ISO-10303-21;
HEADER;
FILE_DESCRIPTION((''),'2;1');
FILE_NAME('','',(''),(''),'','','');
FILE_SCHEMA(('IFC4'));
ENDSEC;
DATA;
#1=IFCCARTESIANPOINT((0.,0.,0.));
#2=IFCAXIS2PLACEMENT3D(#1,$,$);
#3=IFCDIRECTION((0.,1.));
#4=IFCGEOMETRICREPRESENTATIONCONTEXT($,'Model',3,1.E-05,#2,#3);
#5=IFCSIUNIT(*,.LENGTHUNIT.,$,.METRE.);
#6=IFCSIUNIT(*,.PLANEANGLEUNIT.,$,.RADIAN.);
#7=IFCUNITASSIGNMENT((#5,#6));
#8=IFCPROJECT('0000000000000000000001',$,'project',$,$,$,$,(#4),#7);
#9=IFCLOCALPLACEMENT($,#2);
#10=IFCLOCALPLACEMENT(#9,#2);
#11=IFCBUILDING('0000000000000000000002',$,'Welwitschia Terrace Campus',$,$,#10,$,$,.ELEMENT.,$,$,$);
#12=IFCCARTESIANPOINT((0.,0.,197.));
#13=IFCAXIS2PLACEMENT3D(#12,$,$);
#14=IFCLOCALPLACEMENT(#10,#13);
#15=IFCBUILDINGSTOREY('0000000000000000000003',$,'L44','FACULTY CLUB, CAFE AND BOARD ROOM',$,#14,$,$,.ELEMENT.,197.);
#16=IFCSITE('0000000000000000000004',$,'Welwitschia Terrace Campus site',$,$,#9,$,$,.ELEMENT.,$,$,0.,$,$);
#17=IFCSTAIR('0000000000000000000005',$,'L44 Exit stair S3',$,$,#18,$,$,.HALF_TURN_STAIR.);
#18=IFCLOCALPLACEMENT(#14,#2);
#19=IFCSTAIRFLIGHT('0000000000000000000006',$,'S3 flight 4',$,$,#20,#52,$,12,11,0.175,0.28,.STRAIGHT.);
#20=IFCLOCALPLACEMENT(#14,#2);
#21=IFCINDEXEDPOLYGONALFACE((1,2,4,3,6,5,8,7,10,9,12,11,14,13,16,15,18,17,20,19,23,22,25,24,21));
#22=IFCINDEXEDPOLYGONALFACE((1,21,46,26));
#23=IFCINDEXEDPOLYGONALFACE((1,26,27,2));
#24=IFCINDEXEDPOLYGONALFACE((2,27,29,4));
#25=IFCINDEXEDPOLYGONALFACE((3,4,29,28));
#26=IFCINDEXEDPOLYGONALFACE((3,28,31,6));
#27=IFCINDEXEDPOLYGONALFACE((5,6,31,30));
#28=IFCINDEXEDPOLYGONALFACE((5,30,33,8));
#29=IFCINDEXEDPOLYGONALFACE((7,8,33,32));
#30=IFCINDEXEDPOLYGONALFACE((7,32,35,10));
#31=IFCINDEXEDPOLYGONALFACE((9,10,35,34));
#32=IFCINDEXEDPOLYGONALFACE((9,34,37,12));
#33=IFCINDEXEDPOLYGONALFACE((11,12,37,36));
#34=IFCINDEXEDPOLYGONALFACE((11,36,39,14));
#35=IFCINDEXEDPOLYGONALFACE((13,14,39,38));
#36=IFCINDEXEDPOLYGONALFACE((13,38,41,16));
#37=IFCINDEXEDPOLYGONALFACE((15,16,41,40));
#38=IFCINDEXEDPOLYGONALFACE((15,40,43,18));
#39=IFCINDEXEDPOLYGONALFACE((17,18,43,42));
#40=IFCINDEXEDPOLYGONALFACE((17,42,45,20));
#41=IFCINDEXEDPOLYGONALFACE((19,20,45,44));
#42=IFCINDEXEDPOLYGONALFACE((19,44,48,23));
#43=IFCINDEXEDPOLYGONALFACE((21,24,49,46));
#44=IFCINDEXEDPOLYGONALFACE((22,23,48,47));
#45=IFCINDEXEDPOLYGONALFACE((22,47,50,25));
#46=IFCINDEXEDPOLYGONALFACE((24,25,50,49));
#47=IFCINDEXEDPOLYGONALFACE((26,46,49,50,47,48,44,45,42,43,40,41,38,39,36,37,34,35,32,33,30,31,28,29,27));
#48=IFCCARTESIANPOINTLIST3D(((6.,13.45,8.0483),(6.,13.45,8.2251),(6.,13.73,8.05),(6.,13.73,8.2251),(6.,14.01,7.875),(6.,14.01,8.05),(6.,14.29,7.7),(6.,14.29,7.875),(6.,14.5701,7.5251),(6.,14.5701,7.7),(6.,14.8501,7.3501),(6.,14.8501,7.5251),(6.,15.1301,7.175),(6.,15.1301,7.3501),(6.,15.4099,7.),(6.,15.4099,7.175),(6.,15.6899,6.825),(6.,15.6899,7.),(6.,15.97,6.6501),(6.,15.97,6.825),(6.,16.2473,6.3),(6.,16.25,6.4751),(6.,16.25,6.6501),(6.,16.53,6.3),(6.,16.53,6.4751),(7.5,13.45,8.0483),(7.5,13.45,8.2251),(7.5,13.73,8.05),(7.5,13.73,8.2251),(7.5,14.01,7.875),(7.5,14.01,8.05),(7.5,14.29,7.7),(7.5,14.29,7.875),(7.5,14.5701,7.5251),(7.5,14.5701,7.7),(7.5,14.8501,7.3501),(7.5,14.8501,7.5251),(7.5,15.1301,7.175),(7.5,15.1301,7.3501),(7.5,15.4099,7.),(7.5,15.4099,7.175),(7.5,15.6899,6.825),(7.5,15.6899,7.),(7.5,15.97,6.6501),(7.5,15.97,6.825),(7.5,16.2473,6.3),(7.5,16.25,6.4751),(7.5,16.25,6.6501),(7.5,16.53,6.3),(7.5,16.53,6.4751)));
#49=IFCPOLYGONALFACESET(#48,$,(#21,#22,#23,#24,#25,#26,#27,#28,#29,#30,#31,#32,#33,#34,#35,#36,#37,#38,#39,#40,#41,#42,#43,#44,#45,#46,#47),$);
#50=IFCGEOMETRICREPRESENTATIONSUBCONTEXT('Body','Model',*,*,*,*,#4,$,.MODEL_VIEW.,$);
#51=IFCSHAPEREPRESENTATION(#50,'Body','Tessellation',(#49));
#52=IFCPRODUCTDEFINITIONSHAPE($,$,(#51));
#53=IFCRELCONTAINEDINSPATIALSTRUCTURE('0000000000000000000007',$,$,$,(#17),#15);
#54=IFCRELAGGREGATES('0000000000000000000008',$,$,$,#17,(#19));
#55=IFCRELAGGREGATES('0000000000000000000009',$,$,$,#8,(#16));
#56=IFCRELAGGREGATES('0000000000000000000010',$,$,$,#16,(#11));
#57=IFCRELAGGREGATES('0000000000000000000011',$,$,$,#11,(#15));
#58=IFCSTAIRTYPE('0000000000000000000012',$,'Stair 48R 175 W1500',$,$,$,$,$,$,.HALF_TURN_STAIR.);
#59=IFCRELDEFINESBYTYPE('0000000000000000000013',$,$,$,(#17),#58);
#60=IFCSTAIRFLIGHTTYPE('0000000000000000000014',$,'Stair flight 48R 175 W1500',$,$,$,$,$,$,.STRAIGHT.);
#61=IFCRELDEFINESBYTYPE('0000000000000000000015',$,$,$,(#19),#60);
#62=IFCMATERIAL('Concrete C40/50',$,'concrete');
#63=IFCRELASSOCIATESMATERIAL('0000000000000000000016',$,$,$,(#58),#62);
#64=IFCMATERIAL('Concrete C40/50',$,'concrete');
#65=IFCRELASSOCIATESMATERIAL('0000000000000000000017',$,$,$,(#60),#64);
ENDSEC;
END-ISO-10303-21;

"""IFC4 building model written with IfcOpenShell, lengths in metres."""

from ifc_helpers import new_model, si_unit, direction, frame, origin, place, context, subcontext, project, spatial, polyline, outline, extrude, material, type_object, element, aggregate, save


model = new_model("IFC4")

# Units and contexts
model_context = context("Model", 3, precision=1e-05, world=origin(), true_north=direction((0.0, 1.0)))
body_context = subcontext(model_context, "Body", "Model", "MODEL_VIEW")
ifc_project = project(units=[si_unit("LENGTHUNIT", "METRE"), si_unit("PLANEANGLEUNIT", "RADIAN")], contexts=[model_context])

# Site, building, storey
site_placement = place(None, origin())
site = spatial("IfcSite", under=ifc_project, at=site_placement, Name="Welwitschia Terrace Campus site", CompositionType="ELEMENT", RefElevation=0.0)
building_placement = place(site_placement, origin())
building = spatial("IfcBuilding", under=site, at=building_placement, Name="Welwitschia Terrace Campus", CompositionType="ELEMENT")
storey_placement = place(building_placement, frame((0.0, 0.0, 197.0)))
storey = spatial("IfcBuildingStorey", under=building, at=storey_placement, Name="L44", Description="FACULTY CLUB, CAFE AND BOARD ROOM", CompositionType="ELEMENT", Elevation=197.0)

# Stair, stair flight
ifc_material_1 = material(Name="Concrete C40/50", Category="concrete")
stair_type = type_object("IfcStairType", Name="Stair 48R 175 W1500", PredefinedType="HALF_TURN_STAIR", material=ifc_material_1)
ifc_material_2 = material(Name="Concrete C40/50", Category="concrete")
stair_flight_type = type_object("IfcStairFlightType", Name="Stair flight 48R 175 W1500", PredefinedType="STRAIGHT", material=ifc_material_2)
stair_1_placement = place(storey_placement, origin())
stair_1 = element("IfcStair", 1, at=stair_1_placement, inside=storey, type_object=stair_type, Name="L44 Exit stair S3", PredefinedType="HALF_TURN_STAIR")
stair_flight_1_placement = place(storey_placement, frame((6.75, 16.53, 6.3), z_axis=(0.0, 0.0, 1.0), x_axis=(0.0, -1.0, 0.0)))
stair_flight_1 = element("IfcStairFlight", 2, at=stair_flight_1_placement, type_object=stair_flight_type, Name="S3 flight 4", NumberOfRisers=12, NumberOfTreads=11, PredefinedType="STRAIGHT", RiserHeight=0.175, TreadLength=0.28, context=body_context, shape_type="SweptSolid", body=[
    extrude(outline(polyline([(0.0, 0.0), (0.0, 0.175), (0.28, 0.175), (0.28, 0.3501), (0.5601, 0.3501), (0.5601, 0.5249), (0.8401, 0.5249), (0.8401, 0.7), (1.1201, 0.7), (1.1201, 0.875), (1.3999, 0.875), (1.3999, 1.05), (1.6799, 1.05), (1.6799, 1.2251), (1.96, 1.2251), (1.96, 1.3999), (2.24, 1.3999), (2.24, 1.575), (2.52, 1.575), (2.52, 1.75), (2.8, 1.75), (2.8, 1.925), (3.0801, 1.925), (3.0801, 2.1001), (3.0801, 1.7483), (0.2827, 0.0), (0.0, 0.0)])), frame((0.0, 0.75, 0.0), z_axis=(0.0, -1.0, 0.0), x_axis=(1.0, 0.0, 0.0)), (0.0, 0.0, 1.0), 1.5),
])
aggregate(stair_1, [stair_flight_1])

save(model, "model.ifc")
